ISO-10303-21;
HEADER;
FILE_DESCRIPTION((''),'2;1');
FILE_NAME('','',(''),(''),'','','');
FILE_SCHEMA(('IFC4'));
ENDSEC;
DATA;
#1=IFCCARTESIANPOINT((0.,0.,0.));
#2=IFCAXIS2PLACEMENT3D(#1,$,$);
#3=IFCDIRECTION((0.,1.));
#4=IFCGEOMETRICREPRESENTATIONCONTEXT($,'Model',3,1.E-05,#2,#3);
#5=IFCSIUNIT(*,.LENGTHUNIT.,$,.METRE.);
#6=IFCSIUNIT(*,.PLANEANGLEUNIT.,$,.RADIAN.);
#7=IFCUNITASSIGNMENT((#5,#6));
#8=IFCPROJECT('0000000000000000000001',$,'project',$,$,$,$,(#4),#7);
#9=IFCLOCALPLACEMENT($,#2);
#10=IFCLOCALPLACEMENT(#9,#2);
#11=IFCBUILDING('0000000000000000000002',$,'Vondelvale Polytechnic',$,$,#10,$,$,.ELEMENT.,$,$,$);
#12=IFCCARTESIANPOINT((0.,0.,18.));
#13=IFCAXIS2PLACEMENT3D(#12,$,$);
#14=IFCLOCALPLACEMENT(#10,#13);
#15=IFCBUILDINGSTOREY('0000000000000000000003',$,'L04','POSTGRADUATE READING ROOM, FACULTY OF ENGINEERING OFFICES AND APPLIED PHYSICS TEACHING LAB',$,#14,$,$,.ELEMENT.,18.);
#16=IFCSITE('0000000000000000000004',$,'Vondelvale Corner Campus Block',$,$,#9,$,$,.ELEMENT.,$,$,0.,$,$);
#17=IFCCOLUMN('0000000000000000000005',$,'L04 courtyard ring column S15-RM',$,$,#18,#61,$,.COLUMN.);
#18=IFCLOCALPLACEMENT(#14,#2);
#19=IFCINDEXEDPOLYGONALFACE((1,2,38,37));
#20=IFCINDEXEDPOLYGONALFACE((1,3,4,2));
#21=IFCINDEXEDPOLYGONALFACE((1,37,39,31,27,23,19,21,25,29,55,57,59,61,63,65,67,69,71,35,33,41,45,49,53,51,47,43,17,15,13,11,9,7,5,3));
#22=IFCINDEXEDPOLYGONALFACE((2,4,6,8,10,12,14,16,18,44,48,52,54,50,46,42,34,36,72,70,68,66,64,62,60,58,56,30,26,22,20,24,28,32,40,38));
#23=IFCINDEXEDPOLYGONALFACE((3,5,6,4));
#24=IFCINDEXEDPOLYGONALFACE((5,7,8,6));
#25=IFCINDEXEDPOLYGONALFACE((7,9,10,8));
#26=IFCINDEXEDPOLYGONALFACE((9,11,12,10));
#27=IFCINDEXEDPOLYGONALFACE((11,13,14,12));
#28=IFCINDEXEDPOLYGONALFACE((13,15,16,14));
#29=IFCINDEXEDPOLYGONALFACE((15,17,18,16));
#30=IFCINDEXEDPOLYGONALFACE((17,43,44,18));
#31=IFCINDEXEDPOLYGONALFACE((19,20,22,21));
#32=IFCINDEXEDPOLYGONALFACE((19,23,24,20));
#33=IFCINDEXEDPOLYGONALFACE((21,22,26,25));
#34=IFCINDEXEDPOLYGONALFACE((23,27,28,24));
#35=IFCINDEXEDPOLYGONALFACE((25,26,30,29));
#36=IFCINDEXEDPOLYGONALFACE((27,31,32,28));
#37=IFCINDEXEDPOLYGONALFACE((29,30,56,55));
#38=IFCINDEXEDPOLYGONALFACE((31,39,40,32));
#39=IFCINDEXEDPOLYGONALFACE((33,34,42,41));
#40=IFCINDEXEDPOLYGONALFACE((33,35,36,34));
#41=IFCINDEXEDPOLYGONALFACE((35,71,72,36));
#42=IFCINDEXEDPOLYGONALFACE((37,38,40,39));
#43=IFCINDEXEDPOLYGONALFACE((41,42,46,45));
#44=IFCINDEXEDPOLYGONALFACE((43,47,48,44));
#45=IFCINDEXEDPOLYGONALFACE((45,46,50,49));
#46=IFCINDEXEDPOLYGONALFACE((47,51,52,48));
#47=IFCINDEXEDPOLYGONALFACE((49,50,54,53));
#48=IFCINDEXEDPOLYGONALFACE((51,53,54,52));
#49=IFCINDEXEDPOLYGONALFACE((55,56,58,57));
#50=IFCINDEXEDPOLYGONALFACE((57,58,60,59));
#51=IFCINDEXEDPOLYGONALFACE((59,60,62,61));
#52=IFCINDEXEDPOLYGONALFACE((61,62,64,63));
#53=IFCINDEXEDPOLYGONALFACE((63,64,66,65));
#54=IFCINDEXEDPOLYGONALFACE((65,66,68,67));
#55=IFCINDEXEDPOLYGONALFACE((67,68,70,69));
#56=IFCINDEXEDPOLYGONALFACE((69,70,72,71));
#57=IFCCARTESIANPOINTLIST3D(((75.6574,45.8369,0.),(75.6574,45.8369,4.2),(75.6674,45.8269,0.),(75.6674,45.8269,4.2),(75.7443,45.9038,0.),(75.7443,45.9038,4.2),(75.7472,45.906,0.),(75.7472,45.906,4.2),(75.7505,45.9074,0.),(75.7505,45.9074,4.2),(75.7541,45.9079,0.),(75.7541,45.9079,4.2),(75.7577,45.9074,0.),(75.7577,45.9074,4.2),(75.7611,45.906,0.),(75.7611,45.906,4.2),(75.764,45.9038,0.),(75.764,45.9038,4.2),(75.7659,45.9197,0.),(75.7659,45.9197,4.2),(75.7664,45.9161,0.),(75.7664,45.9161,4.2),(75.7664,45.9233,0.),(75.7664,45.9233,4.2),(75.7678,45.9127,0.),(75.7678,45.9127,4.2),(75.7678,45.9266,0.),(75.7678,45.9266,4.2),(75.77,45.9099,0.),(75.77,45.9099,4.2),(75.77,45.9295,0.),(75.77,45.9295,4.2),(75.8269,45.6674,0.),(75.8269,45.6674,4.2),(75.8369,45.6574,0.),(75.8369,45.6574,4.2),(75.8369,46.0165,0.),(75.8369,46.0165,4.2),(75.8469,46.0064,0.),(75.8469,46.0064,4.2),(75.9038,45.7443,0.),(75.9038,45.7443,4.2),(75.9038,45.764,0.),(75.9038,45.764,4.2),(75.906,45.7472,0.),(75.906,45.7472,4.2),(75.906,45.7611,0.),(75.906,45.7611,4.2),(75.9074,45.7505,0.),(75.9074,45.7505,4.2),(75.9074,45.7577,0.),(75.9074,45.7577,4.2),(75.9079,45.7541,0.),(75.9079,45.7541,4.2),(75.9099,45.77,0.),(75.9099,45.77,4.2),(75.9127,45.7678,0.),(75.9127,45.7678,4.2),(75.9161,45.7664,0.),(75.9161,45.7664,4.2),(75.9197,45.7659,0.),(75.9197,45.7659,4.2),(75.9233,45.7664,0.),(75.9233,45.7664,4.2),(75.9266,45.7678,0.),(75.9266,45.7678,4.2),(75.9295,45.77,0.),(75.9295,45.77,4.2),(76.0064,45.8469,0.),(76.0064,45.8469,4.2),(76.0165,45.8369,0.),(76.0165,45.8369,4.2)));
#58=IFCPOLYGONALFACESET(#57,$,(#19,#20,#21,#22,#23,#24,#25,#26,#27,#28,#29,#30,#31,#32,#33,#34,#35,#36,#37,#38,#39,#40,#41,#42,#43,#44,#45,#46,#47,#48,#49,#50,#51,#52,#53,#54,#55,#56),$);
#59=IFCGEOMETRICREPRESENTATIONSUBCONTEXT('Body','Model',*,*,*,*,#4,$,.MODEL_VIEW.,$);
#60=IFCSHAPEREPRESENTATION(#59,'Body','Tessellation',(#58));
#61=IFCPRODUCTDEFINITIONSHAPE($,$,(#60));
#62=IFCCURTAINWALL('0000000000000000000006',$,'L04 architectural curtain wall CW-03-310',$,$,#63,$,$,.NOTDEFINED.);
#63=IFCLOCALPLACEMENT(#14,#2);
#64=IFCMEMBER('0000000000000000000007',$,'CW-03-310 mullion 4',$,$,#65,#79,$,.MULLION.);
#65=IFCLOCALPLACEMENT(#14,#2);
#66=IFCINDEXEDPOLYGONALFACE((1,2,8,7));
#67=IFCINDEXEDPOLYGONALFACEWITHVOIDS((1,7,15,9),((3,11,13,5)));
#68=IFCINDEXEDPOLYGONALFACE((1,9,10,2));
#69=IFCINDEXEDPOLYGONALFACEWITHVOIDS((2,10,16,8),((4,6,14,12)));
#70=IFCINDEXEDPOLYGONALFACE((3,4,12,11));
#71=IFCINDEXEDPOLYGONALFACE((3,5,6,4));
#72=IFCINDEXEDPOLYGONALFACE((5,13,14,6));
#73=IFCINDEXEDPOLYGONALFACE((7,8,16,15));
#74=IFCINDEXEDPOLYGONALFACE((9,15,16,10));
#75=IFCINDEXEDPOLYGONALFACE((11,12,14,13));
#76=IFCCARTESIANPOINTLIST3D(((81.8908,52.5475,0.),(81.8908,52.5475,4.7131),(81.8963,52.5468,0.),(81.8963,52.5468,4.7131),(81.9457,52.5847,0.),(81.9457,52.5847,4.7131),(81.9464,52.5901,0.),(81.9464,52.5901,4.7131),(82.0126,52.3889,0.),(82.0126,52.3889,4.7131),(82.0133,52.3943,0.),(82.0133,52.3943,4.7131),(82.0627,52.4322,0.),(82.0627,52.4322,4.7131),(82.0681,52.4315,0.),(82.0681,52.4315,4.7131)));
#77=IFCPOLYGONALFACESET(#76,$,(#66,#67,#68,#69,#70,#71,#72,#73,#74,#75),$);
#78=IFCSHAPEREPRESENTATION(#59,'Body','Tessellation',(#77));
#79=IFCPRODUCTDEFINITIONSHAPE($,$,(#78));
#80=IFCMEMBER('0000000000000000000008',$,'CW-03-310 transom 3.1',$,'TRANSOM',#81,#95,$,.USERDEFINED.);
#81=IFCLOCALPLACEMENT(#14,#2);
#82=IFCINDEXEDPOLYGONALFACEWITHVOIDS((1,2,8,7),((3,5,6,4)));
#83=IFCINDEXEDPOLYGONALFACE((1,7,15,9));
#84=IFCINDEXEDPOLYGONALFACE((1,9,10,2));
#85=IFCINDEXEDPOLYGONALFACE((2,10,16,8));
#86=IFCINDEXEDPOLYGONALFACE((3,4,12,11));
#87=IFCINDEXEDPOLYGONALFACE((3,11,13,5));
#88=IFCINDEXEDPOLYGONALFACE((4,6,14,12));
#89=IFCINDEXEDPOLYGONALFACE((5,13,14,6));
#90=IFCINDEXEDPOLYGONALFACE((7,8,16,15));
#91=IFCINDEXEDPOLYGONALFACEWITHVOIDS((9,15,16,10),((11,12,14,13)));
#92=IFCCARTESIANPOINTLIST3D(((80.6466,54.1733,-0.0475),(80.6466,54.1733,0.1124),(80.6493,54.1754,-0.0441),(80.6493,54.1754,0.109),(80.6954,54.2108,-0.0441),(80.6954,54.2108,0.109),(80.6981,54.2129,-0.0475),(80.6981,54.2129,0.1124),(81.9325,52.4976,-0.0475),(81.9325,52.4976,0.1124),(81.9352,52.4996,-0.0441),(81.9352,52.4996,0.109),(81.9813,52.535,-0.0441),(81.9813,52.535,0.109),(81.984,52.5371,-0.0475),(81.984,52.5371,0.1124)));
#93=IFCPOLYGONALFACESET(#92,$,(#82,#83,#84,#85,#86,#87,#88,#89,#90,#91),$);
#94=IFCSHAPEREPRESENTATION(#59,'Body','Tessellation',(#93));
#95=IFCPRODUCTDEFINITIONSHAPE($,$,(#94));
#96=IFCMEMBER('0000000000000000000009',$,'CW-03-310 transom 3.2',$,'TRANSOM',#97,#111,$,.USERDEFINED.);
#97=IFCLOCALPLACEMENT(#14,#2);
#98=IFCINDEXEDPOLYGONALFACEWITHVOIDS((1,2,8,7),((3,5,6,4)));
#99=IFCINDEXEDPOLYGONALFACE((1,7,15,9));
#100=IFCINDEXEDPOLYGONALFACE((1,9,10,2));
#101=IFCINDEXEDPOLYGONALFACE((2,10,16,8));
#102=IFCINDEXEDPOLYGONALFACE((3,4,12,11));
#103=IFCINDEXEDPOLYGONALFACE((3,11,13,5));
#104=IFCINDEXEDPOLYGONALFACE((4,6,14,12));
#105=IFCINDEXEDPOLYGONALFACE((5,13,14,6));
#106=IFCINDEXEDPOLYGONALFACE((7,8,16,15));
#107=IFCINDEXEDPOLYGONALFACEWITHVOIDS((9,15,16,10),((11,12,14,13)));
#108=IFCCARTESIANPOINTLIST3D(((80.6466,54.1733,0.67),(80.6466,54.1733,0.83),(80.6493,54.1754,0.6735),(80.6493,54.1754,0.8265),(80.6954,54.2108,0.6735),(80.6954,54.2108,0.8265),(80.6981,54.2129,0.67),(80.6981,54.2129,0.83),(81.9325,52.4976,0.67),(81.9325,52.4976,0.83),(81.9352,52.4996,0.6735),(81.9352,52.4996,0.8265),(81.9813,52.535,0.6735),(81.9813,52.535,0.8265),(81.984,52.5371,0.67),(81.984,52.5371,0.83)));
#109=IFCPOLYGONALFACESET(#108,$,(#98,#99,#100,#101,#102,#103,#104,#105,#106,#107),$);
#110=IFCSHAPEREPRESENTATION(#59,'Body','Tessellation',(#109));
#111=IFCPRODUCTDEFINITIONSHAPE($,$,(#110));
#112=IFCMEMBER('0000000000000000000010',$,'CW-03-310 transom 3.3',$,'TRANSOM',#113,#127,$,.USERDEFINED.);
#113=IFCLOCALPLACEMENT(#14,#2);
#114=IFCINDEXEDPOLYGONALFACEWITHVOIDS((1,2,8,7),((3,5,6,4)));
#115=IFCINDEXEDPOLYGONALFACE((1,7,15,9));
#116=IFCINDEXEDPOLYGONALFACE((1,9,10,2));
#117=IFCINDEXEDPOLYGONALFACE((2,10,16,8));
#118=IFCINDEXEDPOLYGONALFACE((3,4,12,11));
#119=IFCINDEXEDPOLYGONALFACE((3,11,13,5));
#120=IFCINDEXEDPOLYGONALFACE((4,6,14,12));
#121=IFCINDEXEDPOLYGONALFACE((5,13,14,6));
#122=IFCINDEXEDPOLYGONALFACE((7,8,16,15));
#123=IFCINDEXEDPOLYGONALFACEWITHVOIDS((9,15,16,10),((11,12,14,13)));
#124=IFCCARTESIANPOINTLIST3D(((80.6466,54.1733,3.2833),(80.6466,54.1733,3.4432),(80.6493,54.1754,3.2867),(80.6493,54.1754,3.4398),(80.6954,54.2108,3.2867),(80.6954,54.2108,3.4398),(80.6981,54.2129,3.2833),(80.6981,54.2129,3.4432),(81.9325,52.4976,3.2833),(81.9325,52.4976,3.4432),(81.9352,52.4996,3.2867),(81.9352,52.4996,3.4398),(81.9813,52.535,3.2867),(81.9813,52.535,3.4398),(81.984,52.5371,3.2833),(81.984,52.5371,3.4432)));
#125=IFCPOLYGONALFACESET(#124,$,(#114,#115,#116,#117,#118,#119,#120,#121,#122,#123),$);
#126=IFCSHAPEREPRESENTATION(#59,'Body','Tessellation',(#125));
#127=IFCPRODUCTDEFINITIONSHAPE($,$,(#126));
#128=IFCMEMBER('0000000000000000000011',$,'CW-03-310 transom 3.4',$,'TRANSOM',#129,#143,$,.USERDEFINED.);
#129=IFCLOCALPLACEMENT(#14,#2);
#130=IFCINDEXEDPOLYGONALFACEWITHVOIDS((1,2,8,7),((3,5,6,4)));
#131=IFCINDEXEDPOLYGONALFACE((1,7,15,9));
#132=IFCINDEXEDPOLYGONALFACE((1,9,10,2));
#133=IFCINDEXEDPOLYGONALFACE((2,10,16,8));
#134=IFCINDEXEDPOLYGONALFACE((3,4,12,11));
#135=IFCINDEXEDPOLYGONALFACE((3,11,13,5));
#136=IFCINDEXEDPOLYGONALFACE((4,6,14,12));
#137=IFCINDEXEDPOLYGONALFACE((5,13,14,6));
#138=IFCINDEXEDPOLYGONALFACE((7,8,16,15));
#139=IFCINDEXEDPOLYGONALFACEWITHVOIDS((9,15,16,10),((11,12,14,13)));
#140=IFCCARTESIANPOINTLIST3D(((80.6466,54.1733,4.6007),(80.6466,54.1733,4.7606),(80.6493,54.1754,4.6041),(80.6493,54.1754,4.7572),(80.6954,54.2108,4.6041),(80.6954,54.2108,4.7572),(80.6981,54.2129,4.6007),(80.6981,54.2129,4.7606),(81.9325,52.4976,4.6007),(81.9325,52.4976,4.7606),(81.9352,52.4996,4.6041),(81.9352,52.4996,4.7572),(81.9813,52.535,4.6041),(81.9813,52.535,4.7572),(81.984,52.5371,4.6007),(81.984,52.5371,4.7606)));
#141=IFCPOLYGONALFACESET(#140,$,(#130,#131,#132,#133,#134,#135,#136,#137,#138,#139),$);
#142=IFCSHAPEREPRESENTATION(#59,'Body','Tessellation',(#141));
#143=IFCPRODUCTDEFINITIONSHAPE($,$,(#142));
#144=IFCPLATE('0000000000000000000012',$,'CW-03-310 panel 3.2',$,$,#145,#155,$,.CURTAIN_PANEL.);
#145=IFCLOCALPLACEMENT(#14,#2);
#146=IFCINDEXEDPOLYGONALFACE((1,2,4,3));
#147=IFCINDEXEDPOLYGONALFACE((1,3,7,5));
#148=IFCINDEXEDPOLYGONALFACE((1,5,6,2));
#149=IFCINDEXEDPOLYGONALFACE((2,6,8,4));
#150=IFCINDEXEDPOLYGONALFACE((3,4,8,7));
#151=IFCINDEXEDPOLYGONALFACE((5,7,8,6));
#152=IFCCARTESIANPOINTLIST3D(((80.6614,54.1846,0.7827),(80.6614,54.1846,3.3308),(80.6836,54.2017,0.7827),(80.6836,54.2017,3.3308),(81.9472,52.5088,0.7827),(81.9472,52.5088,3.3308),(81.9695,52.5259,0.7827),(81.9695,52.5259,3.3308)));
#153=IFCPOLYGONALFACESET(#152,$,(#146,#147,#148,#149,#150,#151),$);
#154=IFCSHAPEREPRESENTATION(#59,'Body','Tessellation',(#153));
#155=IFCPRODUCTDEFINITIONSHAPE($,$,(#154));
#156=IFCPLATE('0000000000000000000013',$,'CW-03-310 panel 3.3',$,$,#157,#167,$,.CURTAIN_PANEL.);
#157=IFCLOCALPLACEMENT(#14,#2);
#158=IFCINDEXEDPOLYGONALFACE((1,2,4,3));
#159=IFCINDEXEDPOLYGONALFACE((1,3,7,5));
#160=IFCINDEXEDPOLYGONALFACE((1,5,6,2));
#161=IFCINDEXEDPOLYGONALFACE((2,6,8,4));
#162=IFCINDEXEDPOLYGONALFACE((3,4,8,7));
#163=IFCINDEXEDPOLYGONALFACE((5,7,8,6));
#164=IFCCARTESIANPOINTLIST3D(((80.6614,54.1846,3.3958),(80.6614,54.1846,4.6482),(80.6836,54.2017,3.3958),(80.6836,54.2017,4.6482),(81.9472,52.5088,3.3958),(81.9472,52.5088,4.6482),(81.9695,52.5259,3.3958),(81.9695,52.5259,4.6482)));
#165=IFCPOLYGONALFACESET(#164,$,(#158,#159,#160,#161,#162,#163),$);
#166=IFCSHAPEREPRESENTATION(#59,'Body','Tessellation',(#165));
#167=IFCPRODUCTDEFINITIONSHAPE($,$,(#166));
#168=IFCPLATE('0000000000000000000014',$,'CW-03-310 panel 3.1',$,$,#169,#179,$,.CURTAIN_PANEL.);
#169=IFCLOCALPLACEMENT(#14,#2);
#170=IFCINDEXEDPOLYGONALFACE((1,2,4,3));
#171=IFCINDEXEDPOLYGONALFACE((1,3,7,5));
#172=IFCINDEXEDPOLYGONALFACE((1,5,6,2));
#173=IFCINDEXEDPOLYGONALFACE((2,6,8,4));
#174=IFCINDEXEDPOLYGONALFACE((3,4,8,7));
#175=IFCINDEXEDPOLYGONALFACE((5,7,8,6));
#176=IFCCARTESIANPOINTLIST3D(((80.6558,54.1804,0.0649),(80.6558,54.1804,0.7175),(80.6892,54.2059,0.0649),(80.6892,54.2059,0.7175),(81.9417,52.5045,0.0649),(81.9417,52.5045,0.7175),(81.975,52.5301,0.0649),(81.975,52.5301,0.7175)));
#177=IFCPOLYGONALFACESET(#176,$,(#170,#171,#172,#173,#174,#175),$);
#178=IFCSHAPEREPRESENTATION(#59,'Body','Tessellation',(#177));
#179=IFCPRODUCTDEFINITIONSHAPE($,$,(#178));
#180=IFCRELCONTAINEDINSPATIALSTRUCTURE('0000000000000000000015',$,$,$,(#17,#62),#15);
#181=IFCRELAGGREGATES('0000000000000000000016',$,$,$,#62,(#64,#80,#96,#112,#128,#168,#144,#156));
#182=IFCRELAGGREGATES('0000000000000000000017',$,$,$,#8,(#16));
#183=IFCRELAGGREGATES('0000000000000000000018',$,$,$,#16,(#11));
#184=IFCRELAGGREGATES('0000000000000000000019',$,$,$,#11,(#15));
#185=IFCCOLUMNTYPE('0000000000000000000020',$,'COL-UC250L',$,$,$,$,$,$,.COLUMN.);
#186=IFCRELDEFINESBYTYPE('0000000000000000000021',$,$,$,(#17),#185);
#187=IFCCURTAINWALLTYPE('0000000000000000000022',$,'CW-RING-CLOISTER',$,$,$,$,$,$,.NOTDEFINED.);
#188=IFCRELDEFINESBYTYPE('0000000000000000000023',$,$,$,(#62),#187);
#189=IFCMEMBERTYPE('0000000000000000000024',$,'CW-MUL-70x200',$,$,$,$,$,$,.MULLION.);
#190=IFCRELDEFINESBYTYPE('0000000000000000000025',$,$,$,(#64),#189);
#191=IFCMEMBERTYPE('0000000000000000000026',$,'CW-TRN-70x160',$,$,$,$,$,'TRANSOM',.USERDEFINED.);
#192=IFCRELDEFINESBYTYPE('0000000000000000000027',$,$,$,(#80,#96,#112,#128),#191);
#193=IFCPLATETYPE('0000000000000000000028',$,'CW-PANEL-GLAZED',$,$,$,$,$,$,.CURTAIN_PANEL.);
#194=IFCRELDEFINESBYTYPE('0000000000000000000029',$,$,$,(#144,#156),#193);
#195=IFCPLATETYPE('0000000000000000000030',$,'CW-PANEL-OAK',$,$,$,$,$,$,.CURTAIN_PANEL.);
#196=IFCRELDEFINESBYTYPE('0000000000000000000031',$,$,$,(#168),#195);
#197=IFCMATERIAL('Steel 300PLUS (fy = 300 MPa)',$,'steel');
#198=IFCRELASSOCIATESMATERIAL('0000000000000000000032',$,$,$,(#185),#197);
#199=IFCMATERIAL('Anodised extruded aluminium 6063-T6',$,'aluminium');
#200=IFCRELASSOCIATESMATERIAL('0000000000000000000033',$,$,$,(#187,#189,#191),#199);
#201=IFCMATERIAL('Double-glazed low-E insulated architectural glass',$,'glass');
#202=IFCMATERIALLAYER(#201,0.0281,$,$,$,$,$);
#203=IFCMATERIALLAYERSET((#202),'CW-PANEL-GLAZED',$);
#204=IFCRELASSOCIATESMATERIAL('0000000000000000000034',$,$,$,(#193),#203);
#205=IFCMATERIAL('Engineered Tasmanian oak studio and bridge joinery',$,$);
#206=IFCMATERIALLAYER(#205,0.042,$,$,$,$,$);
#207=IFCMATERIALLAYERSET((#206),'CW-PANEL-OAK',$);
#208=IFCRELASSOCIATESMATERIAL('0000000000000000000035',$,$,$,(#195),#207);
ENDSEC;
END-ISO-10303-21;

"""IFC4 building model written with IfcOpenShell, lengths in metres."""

from ifc_helpers import new_model, si_unit, direction, frame, origin, origin_2d, place, context, subcontext, project, spatial, rectangle, hollow_rectangle, i_section, extrude, material, layer, layer_set, material_profile, profile_set, type_object, element, aggregate, save


model = new_model("IFC4")

# Units and contexts
model_context = context("Model", 3, precision=1e-05, world=origin(), true_north=direction((0.0, 1.0)))
body_context = subcontext(model_context, "Body", "Model", "MODEL_VIEW")
ifc_project = project(units=[si_unit("LENGTHUNIT", "METRE"), si_unit("PLANEANGLEUNIT", "RADIAN")], contexts=[model_context])

# Site, building, storey
site_placement = place(None, origin())
site = spatial("IfcSite", under=ifc_project, at=site_placement, Name="Vondelvale Corner Campus Block", CompositionType="ELEMENT", RefElevation=0.0)
building_placement = place(site_placement, origin())
building = spatial("IfcBuilding", under=site, at=building_placement, Name="Vondelvale Polytechnic", CompositionType="ELEMENT")
storey_placement = place(building_placement, frame((0.0, 0.0, 18.0)))
storey = spatial("IfcBuildingStorey", under=building, at=storey_placement, Name="L04", Description="POSTGRADUATE READING ROOM, FACULTY OF ENGINEERING OFFICES AND APPLIED PHYSICS TEACHING LAB", CompositionType="ELEMENT", Elevation=18.0)

# Column
ifc_material_1 = material(Name="Steel 300PLUS (fy = 300 MPa)", Category="steel")
ifc_material_profile_1 = material_profile(ifc_material_1, i_section(OverallWidth=0.2539, OverallDepth=0.2539, WebThickness=0.0085, FlangeThickness=0.0142, FilletRadius=0.0139, at=origin_2d()), Name="250UC72.9")
ifc_profile_set_1 = profile_set([ifc_material_profile_1], Name="Steel 300PLUS (fy = 300 MPa)")
column_type_1 = type_object("IfcColumnType", Name="COL-UC250L", PredefinedType="COLUMN", material=ifc_profile_set_1)
column_1_placement = place(storey_placement, frame((75.8369, 45.8369, 0.0), z_axis=(0.0, 0.0, 1.0), x_axis=(0.707107, 0.707107, 0.0)))
element("IfcColumn", 1, at=column_1_placement, inside=storey, type_object=column_type_1, Name="L04 courtyard ring column S15-RM", PredefinedType="COLUMN", context=body_context, shape_type="SweptSolid", body=[
    extrude(i_section(OverallWidth=0.2539, OverallDepth=0.2539, WebThickness=0.0085, FlangeThickness=0.0142, FilletRadius=0.0139, at=origin_2d()), origin(), (0.0, 0.0, 1.0), 4.2),
])

# Curtain wall, members, plates
ifc_material_2 = material(Name="Anodised extruded aluminium 6063-T6", Category="aluminium")
curtain_wall_type = type_object("IfcCurtainWallType", Name="CW-RING-CLOISTER", PredefinedType="NOTDEFINED", material=ifc_material_2)
curtain_wall_placement = place(storey_placement, origin())
curtain_wall = element("IfcCurtainWall", 2, at=curtain_wall_placement, inside=storey, type_object=curtain_wall_type, Name="L04 architectural curtain wall CW-03-310", PredefinedType="NOTDEFINED")
ifc_material_profile_2 = material_profile(ifc_material_2, hollow_rectangle(XDim=0.0701, YDim=0.2, WallThickness=0.0039, at=origin_2d()), Name="CW-MUL-200x70")
ifc_profile_set_2 = profile_set([ifc_material_profile_2], Name="Anodised extruded aluminium 6063-T6")
member_type_1 = type_object("IfcMemberType", Name="CW-MUL-70x200", PredefinedType="MULLION", material=ifc_profile_set_2)
member_1_placement = place(storey_placement, frame((81.9795, 52.4895, 0.0), z_axis=(0.0, 0.0, 1.0), x_axis=(0.793364, 0.608748, 0.0)))
member_1 = element("IfcMember", 3, at=member_1_placement, type_object=member_type_1, Name="CW-03-310 mullion 4", PredefinedType="MULLION", context=body_context, shape_type="SweptSolid", body=[
    extrude(hollow_rectangle(XDim=0.0701, YDim=0.2, WallThickness=0.0039, at=origin_2d()), origin(), (0.0, 0.0, 1.0), 4.7131),
])
ifc_material_profile_3 = material_profile(ifc_material_2, hollow_rectangle(XDim=0.0649, YDim=0.1599, WallThickness=0.0034, at=origin_2d()), Name="CW-TRN-160x65")
ifc_profile_set_3 = profile_set([ifc_material_profile_3], Name="Anodised extruded aluminium 6063-T6")
member_type_2 = type_object("IfcMemberType", Name="CW-TRN-70x160", ElementType="TRANSOM", PredefinedType="USERDEFINED", material=ifc_profile_set_3)
member_2_placement = place(storey_placement, frame((80.6724, 54.1931, 0.0325), z_axis=(0.608766, -0.79335, 0.0), x_axis=(0.79335, 0.608766, 0.0)))
member_2 = element("IfcMember", 4, at=member_2_placement, type_object=member_type_2, Name="CW-03-310 transom 3.1", ObjectType="TRANSOM", PredefinedType="USERDEFINED", context=body_context, shape_type="SweptSolid", body=[
    extrude(hollow_rectangle(XDim=0.0649, YDim=0.1599, WallThickness=0.0034, at=origin_2d()), origin(), (0.0, 0.0, 1.0), 2.1123),
])
member_3_placement = place(storey_placement, frame((80.6724, 54.1931, 0.75), z_axis=(0.608766, -0.79335, 0.0), x_axis=(0.79335, 0.608766, 0.0)))
member_3 = element("IfcMember", 5, at=member_3_placement, type_object=member_type_2, Name="CW-03-310 transom 3.2", ObjectType="TRANSOM", PredefinedType="USERDEFINED", context=body_context, shape_type="SweptSolid", body=[
    extrude(hollow_rectangle(XDim=0.0649, YDim=0.1599, WallThickness=0.0034, at=origin_2d()), origin(), (0.0, 0.0, 1.0), 2.1123),
])
member_4_placement = place(storey_placement, frame((80.6724, 54.1931, 3.3633), z_axis=(0.608766, -0.79335, 0.0), x_axis=(0.79335, 0.608766, 0.0)))
member_4 = element("IfcMember", 6, at=member_4_placement, type_object=member_type_2, Name="CW-03-310 transom 3.3", ObjectType="TRANSOM", PredefinedType="USERDEFINED", context=body_context, shape_type="SweptSolid", body=[
    extrude(hollow_rectangle(XDim=0.0649, YDim=0.1599, WallThickness=0.0034, at=origin_2d()), origin(), (0.0, 0.0, 1.0), 2.1123),
])
member_5_placement = place(storey_placement, frame((80.6724, 54.1931, 4.6807), z_axis=(0.608766, -0.79335, 0.0), x_axis=(0.79335, 0.608766, 0.0)))
member_5 = element("IfcMember", 7, at=member_5_placement, type_object=member_type_2, Name="CW-03-310 transom 3.4", ObjectType="TRANSOM", PredefinedType="USERDEFINED", context=body_context, shape_type="SweptSolid", body=[
    extrude(hollow_rectangle(XDim=0.0649, YDim=0.1599, WallThickness=0.0034, at=origin_2d()), origin(), (0.0, 0.0, 1.0), 2.1123),
])
ifc_material_3 = material(Name="Double-glazed low-E insulated architectural glass", Category="glass")
ifc_layer_1 = layer(ifc_material_3, 0.0281)
ifc_layer_set_1 = layer_set([ifc_layer_1], Name="CW-PANEL-GLAZED")
plate_type_1 = type_object("IfcPlateType", Name="CW-PANEL-GLAZED", PredefinedType="CURTAIN_PANEL", material=ifc_layer_set_1)
plate_1_placement = place(storey_placement, frame((81.3154, 53.3552, 0.7827), z_axis=(0.0, 0.0, 1.0), x_axis=(0.608748, -0.793364, 0.0)))
plate_1 = element("IfcPlate", 8, at=plate_1_placement, type_object=plate_type_1, Name="CW-03-310 panel 3.2", PredefinedType="CURTAIN_PANEL", context=body_context, shape_type="SweptSolid", body=[
    extrude(rectangle(XDim=2.1123, YDim=0.0281, at=origin_2d()), origin(), (0.0, 0.0, 1.0), 2.5481),
])
plate_2_placement = place(storey_placement, frame((81.3154, 53.3552, 3.3958), z_axis=(0.0, 0.0, 1.0), x_axis=(0.608748, -0.793364, 0.0)))
plate_2 = element("IfcPlate", 9, at=plate_2_placement, type_object=plate_type_1, Name="CW-03-310 panel 3.3", PredefinedType="CURTAIN_PANEL", context=body_context, shape_type="SweptSolid", body=[
    extrude(rectangle(XDim=2.1123, YDim=0.0281, at=origin_2d()), origin(), (0.0, 0.0, 1.0), 1.2524),
])
ifc_material_4 = material(Name="Engineered Tasmanian oak studio and bridge joinery")
ifc_layer_2 = layer(ifc_material_4, 0.042)
ifc_layer_set_2 = layer_set([ifc_layer_2], Name="CW-PANEL-OAK")
plate_type_2 = type_object("IfcPlateType", Name="CW-PANEL-OAK", PredefinedType="CURTAIN_PANEL", material=ifc_layer_set_2)
plate_3_placement = place(storey_placement, frame((81.3154, 53.3552, 0.0649), z_axis=(0.0, 0.0, 1.0), x_axis=(0.608748, -0.793364, 0.0)))
plate_3 = element("IfcPlate", 10, at=plate_3_placement, type_object=plate_type_2, Name="CW-03-310 panel 3.1", PredefinedType="CURTAIN_PANEL", context=body_context, shape_type="SweptSolid", body=[
    extrude(rectangle(XDim=2.1123, YDim=0.042, at=origin_2d()), origin(), (0.0, 0.0, 1.0), 0.6526),
])
aggregate(curtain_wall, [member_1, member_2, member_3, member_4, member_5, plate_3, plate_1, plate_2])

save(model, "model.ifc")
